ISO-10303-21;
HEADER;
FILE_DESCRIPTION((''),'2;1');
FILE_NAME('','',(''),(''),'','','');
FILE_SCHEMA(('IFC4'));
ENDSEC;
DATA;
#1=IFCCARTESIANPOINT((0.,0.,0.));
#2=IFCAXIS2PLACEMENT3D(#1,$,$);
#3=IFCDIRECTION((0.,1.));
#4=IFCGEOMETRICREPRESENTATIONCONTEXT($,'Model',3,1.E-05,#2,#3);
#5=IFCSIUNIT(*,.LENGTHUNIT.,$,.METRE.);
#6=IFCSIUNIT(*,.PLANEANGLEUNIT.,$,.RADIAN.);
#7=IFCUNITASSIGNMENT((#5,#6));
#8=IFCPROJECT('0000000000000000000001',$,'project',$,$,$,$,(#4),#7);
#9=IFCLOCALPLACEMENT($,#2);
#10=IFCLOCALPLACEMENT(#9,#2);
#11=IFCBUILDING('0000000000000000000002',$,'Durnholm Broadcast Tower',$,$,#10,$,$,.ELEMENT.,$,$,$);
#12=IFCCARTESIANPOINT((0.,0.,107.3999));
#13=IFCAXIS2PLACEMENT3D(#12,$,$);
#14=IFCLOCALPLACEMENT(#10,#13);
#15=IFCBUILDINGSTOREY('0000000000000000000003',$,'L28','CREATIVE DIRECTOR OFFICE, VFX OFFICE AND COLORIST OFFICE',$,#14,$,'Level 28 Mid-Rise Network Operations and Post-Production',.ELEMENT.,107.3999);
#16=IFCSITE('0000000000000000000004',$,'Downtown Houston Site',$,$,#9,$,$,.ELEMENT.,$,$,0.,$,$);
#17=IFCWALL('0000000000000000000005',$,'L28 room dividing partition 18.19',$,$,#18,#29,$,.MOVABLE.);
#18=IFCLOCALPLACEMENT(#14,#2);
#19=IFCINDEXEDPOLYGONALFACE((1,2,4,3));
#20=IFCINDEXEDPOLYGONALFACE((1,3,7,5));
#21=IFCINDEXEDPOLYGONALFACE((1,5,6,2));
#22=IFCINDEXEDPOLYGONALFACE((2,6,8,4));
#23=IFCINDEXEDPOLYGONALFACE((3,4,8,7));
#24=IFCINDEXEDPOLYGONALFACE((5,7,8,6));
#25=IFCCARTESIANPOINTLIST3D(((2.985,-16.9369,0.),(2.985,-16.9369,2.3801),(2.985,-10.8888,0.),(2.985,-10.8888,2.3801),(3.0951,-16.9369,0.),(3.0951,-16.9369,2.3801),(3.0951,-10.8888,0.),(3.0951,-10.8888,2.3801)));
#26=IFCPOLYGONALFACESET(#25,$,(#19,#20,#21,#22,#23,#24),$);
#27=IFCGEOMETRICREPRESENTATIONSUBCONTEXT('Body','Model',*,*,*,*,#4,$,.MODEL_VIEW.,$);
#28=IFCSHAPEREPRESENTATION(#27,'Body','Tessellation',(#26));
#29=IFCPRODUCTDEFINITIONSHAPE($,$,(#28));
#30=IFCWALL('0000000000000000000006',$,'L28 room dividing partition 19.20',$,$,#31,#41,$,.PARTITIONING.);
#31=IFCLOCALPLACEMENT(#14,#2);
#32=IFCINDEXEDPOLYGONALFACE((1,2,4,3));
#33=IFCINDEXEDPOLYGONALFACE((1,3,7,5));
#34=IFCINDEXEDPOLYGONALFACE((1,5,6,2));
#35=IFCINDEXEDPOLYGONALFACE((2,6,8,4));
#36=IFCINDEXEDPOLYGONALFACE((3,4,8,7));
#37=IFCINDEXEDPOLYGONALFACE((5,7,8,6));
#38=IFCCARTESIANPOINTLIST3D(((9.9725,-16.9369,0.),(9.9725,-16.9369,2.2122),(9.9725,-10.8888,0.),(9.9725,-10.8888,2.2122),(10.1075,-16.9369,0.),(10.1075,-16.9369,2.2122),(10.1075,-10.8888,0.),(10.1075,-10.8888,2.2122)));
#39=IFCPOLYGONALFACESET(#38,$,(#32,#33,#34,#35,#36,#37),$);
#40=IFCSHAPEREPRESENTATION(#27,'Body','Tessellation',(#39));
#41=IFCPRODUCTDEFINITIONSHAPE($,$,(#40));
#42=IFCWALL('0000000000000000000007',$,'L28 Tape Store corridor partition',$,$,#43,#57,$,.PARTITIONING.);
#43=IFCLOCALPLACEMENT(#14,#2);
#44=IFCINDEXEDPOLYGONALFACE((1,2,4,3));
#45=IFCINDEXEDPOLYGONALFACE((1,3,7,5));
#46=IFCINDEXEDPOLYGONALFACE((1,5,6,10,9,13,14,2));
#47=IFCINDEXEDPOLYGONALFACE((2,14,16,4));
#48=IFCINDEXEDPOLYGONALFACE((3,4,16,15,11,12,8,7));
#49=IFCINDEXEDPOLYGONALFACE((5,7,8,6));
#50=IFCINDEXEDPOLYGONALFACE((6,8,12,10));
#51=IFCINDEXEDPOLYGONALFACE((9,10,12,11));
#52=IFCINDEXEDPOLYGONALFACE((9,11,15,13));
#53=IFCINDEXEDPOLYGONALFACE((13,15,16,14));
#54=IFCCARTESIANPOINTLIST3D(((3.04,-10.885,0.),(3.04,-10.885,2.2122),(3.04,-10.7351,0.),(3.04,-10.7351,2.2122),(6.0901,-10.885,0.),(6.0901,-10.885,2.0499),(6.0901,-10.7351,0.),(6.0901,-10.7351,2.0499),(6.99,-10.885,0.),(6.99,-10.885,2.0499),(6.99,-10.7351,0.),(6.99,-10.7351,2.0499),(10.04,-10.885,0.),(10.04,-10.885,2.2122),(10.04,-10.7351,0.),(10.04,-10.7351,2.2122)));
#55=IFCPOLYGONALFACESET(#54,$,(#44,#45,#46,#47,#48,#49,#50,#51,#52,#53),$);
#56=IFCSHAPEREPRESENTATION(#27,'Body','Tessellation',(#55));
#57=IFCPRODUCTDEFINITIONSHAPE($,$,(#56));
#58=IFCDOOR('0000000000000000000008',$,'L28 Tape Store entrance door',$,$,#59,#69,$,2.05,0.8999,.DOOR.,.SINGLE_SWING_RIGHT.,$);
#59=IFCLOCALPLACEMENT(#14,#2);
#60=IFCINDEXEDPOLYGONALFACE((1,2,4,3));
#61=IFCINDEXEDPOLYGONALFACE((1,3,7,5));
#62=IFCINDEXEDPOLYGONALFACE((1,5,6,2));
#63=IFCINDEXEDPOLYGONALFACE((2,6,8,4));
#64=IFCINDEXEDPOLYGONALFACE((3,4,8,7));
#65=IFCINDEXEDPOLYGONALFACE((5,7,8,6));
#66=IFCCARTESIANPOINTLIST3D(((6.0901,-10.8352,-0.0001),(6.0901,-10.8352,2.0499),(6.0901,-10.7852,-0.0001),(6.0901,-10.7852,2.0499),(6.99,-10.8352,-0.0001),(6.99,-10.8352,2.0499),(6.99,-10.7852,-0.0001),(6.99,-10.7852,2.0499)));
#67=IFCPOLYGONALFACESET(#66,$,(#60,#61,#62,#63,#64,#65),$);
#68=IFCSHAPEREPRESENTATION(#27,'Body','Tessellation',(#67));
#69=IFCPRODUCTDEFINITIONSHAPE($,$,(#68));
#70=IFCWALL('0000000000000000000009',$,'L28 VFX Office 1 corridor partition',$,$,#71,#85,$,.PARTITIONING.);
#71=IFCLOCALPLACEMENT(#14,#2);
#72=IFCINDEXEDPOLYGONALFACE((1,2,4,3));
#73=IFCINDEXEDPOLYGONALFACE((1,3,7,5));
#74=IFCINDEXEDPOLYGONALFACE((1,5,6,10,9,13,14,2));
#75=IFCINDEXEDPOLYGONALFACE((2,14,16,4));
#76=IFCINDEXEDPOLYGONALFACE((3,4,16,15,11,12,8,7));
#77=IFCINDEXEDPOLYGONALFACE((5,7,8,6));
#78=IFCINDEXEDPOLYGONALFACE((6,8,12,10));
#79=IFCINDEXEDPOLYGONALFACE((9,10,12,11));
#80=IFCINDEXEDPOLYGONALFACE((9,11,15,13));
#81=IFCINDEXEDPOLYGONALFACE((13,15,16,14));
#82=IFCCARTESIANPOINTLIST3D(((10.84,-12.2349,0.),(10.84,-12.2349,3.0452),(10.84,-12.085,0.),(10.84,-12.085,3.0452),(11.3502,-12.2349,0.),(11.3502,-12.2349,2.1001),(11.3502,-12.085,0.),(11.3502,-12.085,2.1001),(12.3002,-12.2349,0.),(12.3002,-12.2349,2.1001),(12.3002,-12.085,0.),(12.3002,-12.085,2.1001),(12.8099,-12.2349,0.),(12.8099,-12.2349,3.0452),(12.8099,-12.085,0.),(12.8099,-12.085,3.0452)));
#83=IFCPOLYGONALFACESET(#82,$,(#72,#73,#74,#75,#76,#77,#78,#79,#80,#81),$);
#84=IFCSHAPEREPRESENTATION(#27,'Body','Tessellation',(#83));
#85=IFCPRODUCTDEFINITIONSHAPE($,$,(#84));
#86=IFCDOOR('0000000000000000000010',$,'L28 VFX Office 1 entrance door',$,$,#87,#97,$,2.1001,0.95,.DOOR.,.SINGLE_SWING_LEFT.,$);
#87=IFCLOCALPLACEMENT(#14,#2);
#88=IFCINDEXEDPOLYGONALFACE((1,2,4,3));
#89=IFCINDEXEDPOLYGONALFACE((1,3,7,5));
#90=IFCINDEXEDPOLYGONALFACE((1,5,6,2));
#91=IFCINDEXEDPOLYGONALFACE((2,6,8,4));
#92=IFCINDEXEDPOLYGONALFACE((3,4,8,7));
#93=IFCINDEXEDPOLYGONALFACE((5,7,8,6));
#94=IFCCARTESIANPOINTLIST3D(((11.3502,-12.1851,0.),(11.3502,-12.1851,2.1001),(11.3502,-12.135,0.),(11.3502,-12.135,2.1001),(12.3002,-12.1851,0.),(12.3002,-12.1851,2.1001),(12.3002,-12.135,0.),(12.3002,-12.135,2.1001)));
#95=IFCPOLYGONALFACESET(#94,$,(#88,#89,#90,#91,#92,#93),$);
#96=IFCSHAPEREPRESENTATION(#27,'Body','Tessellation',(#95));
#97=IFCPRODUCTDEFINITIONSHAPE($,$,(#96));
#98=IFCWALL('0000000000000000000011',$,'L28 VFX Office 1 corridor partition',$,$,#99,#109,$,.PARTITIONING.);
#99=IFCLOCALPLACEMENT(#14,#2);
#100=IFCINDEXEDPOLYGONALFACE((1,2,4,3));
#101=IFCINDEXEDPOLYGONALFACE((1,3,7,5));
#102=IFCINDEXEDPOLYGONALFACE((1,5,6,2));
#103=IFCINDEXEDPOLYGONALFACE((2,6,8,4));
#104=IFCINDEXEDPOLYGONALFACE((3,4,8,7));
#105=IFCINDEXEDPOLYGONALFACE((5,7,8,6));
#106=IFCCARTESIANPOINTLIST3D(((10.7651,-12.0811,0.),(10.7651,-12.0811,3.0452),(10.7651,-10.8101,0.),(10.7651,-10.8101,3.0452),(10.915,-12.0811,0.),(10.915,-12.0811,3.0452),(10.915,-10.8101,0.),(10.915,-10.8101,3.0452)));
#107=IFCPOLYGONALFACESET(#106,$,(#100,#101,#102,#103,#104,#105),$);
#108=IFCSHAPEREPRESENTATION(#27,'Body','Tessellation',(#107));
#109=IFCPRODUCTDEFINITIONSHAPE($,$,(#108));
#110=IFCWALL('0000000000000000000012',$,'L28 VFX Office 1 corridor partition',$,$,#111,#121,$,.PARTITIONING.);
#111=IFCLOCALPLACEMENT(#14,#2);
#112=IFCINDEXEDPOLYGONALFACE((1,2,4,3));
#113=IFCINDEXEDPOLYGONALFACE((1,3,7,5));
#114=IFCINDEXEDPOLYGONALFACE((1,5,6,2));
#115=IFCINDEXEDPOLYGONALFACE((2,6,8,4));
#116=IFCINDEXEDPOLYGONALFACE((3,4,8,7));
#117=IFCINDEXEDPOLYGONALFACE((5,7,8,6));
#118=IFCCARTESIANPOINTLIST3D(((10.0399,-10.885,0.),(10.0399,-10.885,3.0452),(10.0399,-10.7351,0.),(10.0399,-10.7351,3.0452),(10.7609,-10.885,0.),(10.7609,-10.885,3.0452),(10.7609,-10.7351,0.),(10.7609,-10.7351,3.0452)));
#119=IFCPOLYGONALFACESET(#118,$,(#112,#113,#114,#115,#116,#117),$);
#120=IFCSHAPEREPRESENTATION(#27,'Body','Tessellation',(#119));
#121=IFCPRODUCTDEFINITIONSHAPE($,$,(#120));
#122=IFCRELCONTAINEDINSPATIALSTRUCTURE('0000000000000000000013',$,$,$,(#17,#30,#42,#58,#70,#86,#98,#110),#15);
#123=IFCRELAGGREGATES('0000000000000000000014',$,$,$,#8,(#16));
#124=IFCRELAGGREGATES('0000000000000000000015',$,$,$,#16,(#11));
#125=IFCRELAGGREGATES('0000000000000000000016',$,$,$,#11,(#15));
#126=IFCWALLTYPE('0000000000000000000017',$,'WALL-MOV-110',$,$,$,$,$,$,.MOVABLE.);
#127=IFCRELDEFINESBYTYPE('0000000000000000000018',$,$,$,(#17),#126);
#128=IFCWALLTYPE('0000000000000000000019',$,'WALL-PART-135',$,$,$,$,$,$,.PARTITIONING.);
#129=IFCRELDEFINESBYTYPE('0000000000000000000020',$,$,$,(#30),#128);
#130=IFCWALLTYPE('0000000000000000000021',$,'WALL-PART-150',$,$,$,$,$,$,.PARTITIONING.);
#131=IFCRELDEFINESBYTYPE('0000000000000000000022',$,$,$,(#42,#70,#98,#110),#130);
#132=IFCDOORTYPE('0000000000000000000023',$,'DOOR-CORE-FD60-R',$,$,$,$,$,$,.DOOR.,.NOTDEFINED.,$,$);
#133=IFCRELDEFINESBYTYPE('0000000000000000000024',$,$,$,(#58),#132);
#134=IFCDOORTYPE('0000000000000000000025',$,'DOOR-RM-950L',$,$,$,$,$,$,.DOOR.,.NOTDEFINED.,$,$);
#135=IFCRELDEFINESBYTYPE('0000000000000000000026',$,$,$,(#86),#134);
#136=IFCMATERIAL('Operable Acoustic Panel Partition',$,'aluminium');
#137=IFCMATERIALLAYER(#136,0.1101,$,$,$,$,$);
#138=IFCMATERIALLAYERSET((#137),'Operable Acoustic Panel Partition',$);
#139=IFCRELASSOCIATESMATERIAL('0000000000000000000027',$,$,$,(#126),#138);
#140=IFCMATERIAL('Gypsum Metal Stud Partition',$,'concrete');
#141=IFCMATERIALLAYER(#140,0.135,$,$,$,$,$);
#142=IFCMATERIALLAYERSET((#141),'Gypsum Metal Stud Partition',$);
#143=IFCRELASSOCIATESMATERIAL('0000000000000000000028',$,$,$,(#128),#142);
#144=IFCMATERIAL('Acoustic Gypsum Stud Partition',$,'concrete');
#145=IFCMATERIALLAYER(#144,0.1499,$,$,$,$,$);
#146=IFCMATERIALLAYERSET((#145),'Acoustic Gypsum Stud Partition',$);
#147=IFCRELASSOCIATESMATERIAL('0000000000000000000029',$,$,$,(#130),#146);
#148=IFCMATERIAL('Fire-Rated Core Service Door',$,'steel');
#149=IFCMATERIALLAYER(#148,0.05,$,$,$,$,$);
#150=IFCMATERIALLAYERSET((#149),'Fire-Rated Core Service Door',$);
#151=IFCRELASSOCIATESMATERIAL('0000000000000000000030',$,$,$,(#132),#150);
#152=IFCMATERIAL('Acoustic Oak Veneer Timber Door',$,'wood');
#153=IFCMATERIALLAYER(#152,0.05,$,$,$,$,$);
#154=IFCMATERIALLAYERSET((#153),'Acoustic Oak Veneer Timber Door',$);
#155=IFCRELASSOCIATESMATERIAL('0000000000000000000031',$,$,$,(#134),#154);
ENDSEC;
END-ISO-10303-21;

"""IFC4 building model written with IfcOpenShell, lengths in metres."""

from ifc_helpers import new_model, si_unit, direction, frame, frame_2d, origin, place, context, subcontext, project, spatial, rectangle, extrude, source, transform, mapped, material, layer, layer_set, type_object, type_shapes, element, fill, save


model = new_model("IFC4")

# Units and contexts
model_context = context("Model", 3, precision=1e-05, world=origin(), true_north=direction((0.0, 1.0)))
body_context = subcontext(model_context, "Body", "Model", "MODEL_VIEW")
ifc_project = project(units=[si_unit("LENGTHUNIT", "METRE"), si_unit("PLANEANGLEUNIT", "RADIAN")], contexts=[model_context])

# Site, building, storey
site_placement = place(None, origin())
site = spatial("IfcSite", under=ifc_project, at=site_placement, Name="Downtown Houston Site", CompositionType="ELEMENT", RefElevation=0.0)
building_placement = place(site_placement, origin())
building = spatial("IfcBuilding", under=site, at=building_placement, Name="Durnholm Broadcast Tower", CompositionType="ELEMENT")
storey_placement = place(building_placement, frame((0.0, 0.0, 107.3999)))
storey = spatial("IfcBuildingStorey", under=building, at=storey_placement, Name="L28", Description="CREATIVE DIRECTOR OFFICE, VFX OFFICE AND COLORIST OFFICE", LongName="Level 28 Mid-Rise Network Operations and Post-Production", CompositionType="ELEMENT", Elevation=107.3999)

# Walls
ifc_material_1 = material(Name="Operable Acoustic Panel Partition", Category="aluminium")
ifc_layer_1 = layer(ifc_material_1, 0.1101)
ifc_layer_set_1 = layer_set([ifc_layer_1], Name="Operable Acoustic Panel Partition")
wall_type_1 = type_object("IfcWallType", Name="WALL-MOV-110", PredefinedType="MOVABLE", material=ifc_layer_set_1)
wall_1_placement = place(storey_placement, frame((3.04, -10.8889, 0.0), z_axis=(0.0, 0.0, 1.0), x_axis=(0.0, -1.0, 0.0)))
element("IfcWall", 1, at=wall_1_placement, inside=storey, type_object=wall_type_1, Name="L28 room dividing partition 18.19", PredefinedType="MOVABLE", context=body_context, shape_type="SweptSolid", body=[
    extrude(rectangle(XDim=6.0481, YDim=0.1101, at=frame_2d((3.0239, 0.0))), origin(), (0.0, 0.0, 1.0), 2.3801),
])
ifc_material_2 = material(Name="Gypsum Metal Stud Partition", Category="concrete")
ifc_layer_2 = layer(ifc_material_2, 0.135)
ifc_layer_set_2 = layer_set([ifc_layer_2], Name="Gypsum Metal Stud Partition")
wall_type_2 = type_object("IfcWallType", Name="WALL-PART-135", PredefinedType="PARTITIONING", material=ifc_layer_set_2)
wall_2_placement = place(storey_placement, frame((10.04, -10.8889, 0.0), z_axis=(0.0, 0.0, 1.0), x_axis=(0.0, -1.0, 0.0)))
element("IfcWall", 2, at=wall_2_placement, inside=storey, type_object=wall_type_2, Name="L28 room dividing partition 19.20", PredefinedType="PARTITIONING", context=body_context, shape_type="SweptSolid", body=[
    extrude(rectangle(XDim=6.0481, YDim=0.135, at=frame_2d((3.0239, 0.0))), origin(), (0.0, 0.0, 1.0), 2.2122),
])

# Walls, openings, doors
ifc_material_3 = material(Name="Acoustic Gypsum Stud Partition", Category="concrete")
ifc_layer_3 = layer(ifc_material_3, 0.1499)
ifc_layer_set_3 = layer_set([ifc_layer_3], Name="Acoustic Gypsum Stud Partition")
wall_type_3 = type_object("IfcWallType", Name="WALL-PART-150", PredefinedType="PARTITIONING", material=ifc_layer_set_3)
wall_3_placement = place(storey_placement, frame((3.04, -10.8101, 0.0), z_axis=(0.0, 0.0, 1.0), x_axis=(1.0, 0.0, 0.0)))
wall_3 = element("IfcWall", 3, at=wall_3_placement, inside=storey, type_object=wall_type_3, Name="L28 Tape Store corridor partition", PredefinedType="PARTITIONING", context=body_context, shape_type="SweptSolid", body=[
    extrude(rectangle(XDim=7.0, YDim=0.1499, at=frame_2d((3.5, 0.0))), origin(), (0.0, 0.0, 1.0), 2.2122),
])
opening_1_placement = place(wall_3_placement, frame((3.05, 0.0, 0.0)))
opening_1 = element("IfcOpeningElement", 4, at=opening_1_placement, cuts=wall_3, PredefinedType="OPENING", context=body_context, shape_type="SweptSolid", body=[
    extrude(rectangle(XDim=0.8999, YDim=2.05, at=frame_2d((0.45, 1.0249))), frame((0.0, 0.085, 0.0), z_axis=(0.0, -1.0, 0.0), x_axis=(1.0, 0.0, 0.0)), (0.0, 0.0, 1.0), 0.1699),
])
ifc_material_4 = material(Name="Fire-Rated Core Service Door", Category="steel")
ifc_layer_4 = layer(ifc_material_4, 0.05)
ifc_layer_set_4 = layer_set([ifc_layer_4], Name="Fire-Rated Core Service Door")
door_type_1 = type_object("IfcDoorType", Name="DOOR-CORE-FD60-R", OperationType="NOTDEFINED", PredefinedType="DOOR", material=ifc_layer_set_4)
shared_shape_1 = source(origin(), body_context, "Body", "SweptSolid", [
    extrude(rectangle(XDim=0.8999, YDim=2.05, at=frame_2d((0.45, 1.0249))), frame((0.0, 0.0249, 0.0), z_axis=(0.0, -1.0, 0.0), x_axis=(1.0, 0.0, 0.0)), (0.0, 0.0, 1.0), 0.05),
])
type_shapes(door_type_1, [shared_shape_1])
door_1_placement = place(opening_1_placement, origin())
door_1 = element("IfcDoor", 5, at=door_1_placement, inside=storey, type_object=door_type_1, Name="L28 Tape Store entrance door", OperationType="SINGLE_SWING_RIGHT", OverallHeight=2.05, OverallWidth=0.8999, PredefinedType="DOOR", context=body_context, shape_type="MappedRepresentation", body=[
    mapped(shared_shape_1, transform((0.0, 0.0, 0.0), x_axis=(1.0, 0.0, 0.0), y_axis=(0.0, 1.0, 0.0), z_axis=(0.0, 0.0, 1.0), scale=1.0)),
])
fill(opening_1, door_1)
wall_4_placement = place(storey_placement, frame((10.8401, -12.1599, 0.0), z_axis=(0.0, 0.0, 1.0), x_axis=(1.0, 0.0, 0.0)))
wall_4 = element("IfcWall", 6, at=wall_4_placement, inside=storey, type_object=wall_type_3, Name="L28 VFX Office 1 corridor partition", PredefinedType="PARTITIONING", context=body_context, shape_type="SweptSolid", body=[
    extrude(rectangle(XDim=1.97, YDim=0.1499, at=frame_2d((0.9849, 0.0))), origin(), (0.0, 0.0, 1.0), 3.0452),
])
opening_2_placement = place(wall_4_placement, frame((0.51, 0.0, 0.0)))
opening_2 = element("IfcOpeningElement", 7, at=opening_2_placement, cuts=wall_4, PredefinedType="OPENING", context=body_context, shape_type="SweptSolid", body=[
    extrude(rectangle(XDim=0.95, YDim=2.1001, at=frame_2d((0.4751, 1.05))), frame((0.0, 0.085, 0.0), z_axis=(0.0, -1.0, 0.0), x_axis=(1.0, 0.0, 0.0)), (0.0, 0.0, 1.0), 0.1699),
])
ifc_material_5 = material(Name="Acoustic Oak Veneer Timber Door", Category="wood")
ifc_layer_5 = layer(ifc_material_5, 0.05)
ifc_layer_set_5 = layer_set([ifc_layer_5], Name="Acoustic Oak Veneer Timber Door")
door_type_2 = type_object("IfcDoorType", Name="DOOR-RM-950L", OperationType="NOTDEFINED", PredefinedType="DOOR", material=ifc_layer_set_5)
shared_shape_2 = source(origin(), body_context, "Body", "SweptSolid", [
    extrude(rectangle(XDim=0.95, YDim=2.1001, at=frame_2d((0.4751, 1.05))), frame((0.0, 0.0249, 0.0), z_axis=(0.0, -1.0, 0.0), x_axis=(1.0, 0.0, 0.0)), (0.0, 0.0, 1.0), 0.05),
])
type_shapes(door_type_2, [shared_shape_2])
door_2_placement = place(opening_2_placement, origin())
door_2 = element("IfcDoor", 8, at=door_2_placement, inside=storey, type_object=door_type_2, Name="L28 VFX Office 1 entrance door", OperationType="SINGLE_SWING_LEFT", OverallHeight=2.1001, OverallWidth=0.95, PredefinedType="DOOR", context=body_context, shape_type="MappedRepresentation", body=[
    mapped(shared_shape_2, transform((0.0, 0.0, 0.0), x_axis=(1.0, 0.0, 0.0), y_axis=(0.0, 1.0, 0.0), z_axis=(0.0, 0.0, 1.0), scale=1.0)),
])
fill(opening_2, door_2)

# Walls
wall_5_placement = place(storey_placement, frame((10.8401, -10.8101, 0.0), z_axis=(0.0, 0.0, 1.0), x_axis=(0.0, -1.0, 0.0)))
element("IfcWall", 9, at=wall_5_placement, inside=storey, type_object=wall_type_3, Name="L28 VFX Office 1 corridor partition", PredefinedType="PARTITIONING", context=body_context, shape_type="SweptSolid", body=[
    extrude(rectangle(XDim=1.271, YDim=0.1499, at=frame_2d((0.6355, 0.0))), origin(), (0.0, 0.0, 1.0), 3.0452),
])
wall_6_placement = place(storey_placement, frame((10.04, -10.8101, 0.0), z_axis=(0.0, 0.0, 1.0), x_axis=(1.0, 0.0, 0.0)))
element("IfcWall", 10, at=wall_6_placement, inside=storey, type_object=wall_type_3, Name="L28 VFX Office 1 corridor partition", PredefinedType="PARTITIONING", context=body_context, shape_type="SweptSolid", body=[
    extrude(rectangle(XDim=0.7209, YDim=0.1499, at=frame_2d((0.3604, 0.0))), origin(), (0.0, 0.0, 1.0), 3.0452),
])

save(model, "model.ifc")
